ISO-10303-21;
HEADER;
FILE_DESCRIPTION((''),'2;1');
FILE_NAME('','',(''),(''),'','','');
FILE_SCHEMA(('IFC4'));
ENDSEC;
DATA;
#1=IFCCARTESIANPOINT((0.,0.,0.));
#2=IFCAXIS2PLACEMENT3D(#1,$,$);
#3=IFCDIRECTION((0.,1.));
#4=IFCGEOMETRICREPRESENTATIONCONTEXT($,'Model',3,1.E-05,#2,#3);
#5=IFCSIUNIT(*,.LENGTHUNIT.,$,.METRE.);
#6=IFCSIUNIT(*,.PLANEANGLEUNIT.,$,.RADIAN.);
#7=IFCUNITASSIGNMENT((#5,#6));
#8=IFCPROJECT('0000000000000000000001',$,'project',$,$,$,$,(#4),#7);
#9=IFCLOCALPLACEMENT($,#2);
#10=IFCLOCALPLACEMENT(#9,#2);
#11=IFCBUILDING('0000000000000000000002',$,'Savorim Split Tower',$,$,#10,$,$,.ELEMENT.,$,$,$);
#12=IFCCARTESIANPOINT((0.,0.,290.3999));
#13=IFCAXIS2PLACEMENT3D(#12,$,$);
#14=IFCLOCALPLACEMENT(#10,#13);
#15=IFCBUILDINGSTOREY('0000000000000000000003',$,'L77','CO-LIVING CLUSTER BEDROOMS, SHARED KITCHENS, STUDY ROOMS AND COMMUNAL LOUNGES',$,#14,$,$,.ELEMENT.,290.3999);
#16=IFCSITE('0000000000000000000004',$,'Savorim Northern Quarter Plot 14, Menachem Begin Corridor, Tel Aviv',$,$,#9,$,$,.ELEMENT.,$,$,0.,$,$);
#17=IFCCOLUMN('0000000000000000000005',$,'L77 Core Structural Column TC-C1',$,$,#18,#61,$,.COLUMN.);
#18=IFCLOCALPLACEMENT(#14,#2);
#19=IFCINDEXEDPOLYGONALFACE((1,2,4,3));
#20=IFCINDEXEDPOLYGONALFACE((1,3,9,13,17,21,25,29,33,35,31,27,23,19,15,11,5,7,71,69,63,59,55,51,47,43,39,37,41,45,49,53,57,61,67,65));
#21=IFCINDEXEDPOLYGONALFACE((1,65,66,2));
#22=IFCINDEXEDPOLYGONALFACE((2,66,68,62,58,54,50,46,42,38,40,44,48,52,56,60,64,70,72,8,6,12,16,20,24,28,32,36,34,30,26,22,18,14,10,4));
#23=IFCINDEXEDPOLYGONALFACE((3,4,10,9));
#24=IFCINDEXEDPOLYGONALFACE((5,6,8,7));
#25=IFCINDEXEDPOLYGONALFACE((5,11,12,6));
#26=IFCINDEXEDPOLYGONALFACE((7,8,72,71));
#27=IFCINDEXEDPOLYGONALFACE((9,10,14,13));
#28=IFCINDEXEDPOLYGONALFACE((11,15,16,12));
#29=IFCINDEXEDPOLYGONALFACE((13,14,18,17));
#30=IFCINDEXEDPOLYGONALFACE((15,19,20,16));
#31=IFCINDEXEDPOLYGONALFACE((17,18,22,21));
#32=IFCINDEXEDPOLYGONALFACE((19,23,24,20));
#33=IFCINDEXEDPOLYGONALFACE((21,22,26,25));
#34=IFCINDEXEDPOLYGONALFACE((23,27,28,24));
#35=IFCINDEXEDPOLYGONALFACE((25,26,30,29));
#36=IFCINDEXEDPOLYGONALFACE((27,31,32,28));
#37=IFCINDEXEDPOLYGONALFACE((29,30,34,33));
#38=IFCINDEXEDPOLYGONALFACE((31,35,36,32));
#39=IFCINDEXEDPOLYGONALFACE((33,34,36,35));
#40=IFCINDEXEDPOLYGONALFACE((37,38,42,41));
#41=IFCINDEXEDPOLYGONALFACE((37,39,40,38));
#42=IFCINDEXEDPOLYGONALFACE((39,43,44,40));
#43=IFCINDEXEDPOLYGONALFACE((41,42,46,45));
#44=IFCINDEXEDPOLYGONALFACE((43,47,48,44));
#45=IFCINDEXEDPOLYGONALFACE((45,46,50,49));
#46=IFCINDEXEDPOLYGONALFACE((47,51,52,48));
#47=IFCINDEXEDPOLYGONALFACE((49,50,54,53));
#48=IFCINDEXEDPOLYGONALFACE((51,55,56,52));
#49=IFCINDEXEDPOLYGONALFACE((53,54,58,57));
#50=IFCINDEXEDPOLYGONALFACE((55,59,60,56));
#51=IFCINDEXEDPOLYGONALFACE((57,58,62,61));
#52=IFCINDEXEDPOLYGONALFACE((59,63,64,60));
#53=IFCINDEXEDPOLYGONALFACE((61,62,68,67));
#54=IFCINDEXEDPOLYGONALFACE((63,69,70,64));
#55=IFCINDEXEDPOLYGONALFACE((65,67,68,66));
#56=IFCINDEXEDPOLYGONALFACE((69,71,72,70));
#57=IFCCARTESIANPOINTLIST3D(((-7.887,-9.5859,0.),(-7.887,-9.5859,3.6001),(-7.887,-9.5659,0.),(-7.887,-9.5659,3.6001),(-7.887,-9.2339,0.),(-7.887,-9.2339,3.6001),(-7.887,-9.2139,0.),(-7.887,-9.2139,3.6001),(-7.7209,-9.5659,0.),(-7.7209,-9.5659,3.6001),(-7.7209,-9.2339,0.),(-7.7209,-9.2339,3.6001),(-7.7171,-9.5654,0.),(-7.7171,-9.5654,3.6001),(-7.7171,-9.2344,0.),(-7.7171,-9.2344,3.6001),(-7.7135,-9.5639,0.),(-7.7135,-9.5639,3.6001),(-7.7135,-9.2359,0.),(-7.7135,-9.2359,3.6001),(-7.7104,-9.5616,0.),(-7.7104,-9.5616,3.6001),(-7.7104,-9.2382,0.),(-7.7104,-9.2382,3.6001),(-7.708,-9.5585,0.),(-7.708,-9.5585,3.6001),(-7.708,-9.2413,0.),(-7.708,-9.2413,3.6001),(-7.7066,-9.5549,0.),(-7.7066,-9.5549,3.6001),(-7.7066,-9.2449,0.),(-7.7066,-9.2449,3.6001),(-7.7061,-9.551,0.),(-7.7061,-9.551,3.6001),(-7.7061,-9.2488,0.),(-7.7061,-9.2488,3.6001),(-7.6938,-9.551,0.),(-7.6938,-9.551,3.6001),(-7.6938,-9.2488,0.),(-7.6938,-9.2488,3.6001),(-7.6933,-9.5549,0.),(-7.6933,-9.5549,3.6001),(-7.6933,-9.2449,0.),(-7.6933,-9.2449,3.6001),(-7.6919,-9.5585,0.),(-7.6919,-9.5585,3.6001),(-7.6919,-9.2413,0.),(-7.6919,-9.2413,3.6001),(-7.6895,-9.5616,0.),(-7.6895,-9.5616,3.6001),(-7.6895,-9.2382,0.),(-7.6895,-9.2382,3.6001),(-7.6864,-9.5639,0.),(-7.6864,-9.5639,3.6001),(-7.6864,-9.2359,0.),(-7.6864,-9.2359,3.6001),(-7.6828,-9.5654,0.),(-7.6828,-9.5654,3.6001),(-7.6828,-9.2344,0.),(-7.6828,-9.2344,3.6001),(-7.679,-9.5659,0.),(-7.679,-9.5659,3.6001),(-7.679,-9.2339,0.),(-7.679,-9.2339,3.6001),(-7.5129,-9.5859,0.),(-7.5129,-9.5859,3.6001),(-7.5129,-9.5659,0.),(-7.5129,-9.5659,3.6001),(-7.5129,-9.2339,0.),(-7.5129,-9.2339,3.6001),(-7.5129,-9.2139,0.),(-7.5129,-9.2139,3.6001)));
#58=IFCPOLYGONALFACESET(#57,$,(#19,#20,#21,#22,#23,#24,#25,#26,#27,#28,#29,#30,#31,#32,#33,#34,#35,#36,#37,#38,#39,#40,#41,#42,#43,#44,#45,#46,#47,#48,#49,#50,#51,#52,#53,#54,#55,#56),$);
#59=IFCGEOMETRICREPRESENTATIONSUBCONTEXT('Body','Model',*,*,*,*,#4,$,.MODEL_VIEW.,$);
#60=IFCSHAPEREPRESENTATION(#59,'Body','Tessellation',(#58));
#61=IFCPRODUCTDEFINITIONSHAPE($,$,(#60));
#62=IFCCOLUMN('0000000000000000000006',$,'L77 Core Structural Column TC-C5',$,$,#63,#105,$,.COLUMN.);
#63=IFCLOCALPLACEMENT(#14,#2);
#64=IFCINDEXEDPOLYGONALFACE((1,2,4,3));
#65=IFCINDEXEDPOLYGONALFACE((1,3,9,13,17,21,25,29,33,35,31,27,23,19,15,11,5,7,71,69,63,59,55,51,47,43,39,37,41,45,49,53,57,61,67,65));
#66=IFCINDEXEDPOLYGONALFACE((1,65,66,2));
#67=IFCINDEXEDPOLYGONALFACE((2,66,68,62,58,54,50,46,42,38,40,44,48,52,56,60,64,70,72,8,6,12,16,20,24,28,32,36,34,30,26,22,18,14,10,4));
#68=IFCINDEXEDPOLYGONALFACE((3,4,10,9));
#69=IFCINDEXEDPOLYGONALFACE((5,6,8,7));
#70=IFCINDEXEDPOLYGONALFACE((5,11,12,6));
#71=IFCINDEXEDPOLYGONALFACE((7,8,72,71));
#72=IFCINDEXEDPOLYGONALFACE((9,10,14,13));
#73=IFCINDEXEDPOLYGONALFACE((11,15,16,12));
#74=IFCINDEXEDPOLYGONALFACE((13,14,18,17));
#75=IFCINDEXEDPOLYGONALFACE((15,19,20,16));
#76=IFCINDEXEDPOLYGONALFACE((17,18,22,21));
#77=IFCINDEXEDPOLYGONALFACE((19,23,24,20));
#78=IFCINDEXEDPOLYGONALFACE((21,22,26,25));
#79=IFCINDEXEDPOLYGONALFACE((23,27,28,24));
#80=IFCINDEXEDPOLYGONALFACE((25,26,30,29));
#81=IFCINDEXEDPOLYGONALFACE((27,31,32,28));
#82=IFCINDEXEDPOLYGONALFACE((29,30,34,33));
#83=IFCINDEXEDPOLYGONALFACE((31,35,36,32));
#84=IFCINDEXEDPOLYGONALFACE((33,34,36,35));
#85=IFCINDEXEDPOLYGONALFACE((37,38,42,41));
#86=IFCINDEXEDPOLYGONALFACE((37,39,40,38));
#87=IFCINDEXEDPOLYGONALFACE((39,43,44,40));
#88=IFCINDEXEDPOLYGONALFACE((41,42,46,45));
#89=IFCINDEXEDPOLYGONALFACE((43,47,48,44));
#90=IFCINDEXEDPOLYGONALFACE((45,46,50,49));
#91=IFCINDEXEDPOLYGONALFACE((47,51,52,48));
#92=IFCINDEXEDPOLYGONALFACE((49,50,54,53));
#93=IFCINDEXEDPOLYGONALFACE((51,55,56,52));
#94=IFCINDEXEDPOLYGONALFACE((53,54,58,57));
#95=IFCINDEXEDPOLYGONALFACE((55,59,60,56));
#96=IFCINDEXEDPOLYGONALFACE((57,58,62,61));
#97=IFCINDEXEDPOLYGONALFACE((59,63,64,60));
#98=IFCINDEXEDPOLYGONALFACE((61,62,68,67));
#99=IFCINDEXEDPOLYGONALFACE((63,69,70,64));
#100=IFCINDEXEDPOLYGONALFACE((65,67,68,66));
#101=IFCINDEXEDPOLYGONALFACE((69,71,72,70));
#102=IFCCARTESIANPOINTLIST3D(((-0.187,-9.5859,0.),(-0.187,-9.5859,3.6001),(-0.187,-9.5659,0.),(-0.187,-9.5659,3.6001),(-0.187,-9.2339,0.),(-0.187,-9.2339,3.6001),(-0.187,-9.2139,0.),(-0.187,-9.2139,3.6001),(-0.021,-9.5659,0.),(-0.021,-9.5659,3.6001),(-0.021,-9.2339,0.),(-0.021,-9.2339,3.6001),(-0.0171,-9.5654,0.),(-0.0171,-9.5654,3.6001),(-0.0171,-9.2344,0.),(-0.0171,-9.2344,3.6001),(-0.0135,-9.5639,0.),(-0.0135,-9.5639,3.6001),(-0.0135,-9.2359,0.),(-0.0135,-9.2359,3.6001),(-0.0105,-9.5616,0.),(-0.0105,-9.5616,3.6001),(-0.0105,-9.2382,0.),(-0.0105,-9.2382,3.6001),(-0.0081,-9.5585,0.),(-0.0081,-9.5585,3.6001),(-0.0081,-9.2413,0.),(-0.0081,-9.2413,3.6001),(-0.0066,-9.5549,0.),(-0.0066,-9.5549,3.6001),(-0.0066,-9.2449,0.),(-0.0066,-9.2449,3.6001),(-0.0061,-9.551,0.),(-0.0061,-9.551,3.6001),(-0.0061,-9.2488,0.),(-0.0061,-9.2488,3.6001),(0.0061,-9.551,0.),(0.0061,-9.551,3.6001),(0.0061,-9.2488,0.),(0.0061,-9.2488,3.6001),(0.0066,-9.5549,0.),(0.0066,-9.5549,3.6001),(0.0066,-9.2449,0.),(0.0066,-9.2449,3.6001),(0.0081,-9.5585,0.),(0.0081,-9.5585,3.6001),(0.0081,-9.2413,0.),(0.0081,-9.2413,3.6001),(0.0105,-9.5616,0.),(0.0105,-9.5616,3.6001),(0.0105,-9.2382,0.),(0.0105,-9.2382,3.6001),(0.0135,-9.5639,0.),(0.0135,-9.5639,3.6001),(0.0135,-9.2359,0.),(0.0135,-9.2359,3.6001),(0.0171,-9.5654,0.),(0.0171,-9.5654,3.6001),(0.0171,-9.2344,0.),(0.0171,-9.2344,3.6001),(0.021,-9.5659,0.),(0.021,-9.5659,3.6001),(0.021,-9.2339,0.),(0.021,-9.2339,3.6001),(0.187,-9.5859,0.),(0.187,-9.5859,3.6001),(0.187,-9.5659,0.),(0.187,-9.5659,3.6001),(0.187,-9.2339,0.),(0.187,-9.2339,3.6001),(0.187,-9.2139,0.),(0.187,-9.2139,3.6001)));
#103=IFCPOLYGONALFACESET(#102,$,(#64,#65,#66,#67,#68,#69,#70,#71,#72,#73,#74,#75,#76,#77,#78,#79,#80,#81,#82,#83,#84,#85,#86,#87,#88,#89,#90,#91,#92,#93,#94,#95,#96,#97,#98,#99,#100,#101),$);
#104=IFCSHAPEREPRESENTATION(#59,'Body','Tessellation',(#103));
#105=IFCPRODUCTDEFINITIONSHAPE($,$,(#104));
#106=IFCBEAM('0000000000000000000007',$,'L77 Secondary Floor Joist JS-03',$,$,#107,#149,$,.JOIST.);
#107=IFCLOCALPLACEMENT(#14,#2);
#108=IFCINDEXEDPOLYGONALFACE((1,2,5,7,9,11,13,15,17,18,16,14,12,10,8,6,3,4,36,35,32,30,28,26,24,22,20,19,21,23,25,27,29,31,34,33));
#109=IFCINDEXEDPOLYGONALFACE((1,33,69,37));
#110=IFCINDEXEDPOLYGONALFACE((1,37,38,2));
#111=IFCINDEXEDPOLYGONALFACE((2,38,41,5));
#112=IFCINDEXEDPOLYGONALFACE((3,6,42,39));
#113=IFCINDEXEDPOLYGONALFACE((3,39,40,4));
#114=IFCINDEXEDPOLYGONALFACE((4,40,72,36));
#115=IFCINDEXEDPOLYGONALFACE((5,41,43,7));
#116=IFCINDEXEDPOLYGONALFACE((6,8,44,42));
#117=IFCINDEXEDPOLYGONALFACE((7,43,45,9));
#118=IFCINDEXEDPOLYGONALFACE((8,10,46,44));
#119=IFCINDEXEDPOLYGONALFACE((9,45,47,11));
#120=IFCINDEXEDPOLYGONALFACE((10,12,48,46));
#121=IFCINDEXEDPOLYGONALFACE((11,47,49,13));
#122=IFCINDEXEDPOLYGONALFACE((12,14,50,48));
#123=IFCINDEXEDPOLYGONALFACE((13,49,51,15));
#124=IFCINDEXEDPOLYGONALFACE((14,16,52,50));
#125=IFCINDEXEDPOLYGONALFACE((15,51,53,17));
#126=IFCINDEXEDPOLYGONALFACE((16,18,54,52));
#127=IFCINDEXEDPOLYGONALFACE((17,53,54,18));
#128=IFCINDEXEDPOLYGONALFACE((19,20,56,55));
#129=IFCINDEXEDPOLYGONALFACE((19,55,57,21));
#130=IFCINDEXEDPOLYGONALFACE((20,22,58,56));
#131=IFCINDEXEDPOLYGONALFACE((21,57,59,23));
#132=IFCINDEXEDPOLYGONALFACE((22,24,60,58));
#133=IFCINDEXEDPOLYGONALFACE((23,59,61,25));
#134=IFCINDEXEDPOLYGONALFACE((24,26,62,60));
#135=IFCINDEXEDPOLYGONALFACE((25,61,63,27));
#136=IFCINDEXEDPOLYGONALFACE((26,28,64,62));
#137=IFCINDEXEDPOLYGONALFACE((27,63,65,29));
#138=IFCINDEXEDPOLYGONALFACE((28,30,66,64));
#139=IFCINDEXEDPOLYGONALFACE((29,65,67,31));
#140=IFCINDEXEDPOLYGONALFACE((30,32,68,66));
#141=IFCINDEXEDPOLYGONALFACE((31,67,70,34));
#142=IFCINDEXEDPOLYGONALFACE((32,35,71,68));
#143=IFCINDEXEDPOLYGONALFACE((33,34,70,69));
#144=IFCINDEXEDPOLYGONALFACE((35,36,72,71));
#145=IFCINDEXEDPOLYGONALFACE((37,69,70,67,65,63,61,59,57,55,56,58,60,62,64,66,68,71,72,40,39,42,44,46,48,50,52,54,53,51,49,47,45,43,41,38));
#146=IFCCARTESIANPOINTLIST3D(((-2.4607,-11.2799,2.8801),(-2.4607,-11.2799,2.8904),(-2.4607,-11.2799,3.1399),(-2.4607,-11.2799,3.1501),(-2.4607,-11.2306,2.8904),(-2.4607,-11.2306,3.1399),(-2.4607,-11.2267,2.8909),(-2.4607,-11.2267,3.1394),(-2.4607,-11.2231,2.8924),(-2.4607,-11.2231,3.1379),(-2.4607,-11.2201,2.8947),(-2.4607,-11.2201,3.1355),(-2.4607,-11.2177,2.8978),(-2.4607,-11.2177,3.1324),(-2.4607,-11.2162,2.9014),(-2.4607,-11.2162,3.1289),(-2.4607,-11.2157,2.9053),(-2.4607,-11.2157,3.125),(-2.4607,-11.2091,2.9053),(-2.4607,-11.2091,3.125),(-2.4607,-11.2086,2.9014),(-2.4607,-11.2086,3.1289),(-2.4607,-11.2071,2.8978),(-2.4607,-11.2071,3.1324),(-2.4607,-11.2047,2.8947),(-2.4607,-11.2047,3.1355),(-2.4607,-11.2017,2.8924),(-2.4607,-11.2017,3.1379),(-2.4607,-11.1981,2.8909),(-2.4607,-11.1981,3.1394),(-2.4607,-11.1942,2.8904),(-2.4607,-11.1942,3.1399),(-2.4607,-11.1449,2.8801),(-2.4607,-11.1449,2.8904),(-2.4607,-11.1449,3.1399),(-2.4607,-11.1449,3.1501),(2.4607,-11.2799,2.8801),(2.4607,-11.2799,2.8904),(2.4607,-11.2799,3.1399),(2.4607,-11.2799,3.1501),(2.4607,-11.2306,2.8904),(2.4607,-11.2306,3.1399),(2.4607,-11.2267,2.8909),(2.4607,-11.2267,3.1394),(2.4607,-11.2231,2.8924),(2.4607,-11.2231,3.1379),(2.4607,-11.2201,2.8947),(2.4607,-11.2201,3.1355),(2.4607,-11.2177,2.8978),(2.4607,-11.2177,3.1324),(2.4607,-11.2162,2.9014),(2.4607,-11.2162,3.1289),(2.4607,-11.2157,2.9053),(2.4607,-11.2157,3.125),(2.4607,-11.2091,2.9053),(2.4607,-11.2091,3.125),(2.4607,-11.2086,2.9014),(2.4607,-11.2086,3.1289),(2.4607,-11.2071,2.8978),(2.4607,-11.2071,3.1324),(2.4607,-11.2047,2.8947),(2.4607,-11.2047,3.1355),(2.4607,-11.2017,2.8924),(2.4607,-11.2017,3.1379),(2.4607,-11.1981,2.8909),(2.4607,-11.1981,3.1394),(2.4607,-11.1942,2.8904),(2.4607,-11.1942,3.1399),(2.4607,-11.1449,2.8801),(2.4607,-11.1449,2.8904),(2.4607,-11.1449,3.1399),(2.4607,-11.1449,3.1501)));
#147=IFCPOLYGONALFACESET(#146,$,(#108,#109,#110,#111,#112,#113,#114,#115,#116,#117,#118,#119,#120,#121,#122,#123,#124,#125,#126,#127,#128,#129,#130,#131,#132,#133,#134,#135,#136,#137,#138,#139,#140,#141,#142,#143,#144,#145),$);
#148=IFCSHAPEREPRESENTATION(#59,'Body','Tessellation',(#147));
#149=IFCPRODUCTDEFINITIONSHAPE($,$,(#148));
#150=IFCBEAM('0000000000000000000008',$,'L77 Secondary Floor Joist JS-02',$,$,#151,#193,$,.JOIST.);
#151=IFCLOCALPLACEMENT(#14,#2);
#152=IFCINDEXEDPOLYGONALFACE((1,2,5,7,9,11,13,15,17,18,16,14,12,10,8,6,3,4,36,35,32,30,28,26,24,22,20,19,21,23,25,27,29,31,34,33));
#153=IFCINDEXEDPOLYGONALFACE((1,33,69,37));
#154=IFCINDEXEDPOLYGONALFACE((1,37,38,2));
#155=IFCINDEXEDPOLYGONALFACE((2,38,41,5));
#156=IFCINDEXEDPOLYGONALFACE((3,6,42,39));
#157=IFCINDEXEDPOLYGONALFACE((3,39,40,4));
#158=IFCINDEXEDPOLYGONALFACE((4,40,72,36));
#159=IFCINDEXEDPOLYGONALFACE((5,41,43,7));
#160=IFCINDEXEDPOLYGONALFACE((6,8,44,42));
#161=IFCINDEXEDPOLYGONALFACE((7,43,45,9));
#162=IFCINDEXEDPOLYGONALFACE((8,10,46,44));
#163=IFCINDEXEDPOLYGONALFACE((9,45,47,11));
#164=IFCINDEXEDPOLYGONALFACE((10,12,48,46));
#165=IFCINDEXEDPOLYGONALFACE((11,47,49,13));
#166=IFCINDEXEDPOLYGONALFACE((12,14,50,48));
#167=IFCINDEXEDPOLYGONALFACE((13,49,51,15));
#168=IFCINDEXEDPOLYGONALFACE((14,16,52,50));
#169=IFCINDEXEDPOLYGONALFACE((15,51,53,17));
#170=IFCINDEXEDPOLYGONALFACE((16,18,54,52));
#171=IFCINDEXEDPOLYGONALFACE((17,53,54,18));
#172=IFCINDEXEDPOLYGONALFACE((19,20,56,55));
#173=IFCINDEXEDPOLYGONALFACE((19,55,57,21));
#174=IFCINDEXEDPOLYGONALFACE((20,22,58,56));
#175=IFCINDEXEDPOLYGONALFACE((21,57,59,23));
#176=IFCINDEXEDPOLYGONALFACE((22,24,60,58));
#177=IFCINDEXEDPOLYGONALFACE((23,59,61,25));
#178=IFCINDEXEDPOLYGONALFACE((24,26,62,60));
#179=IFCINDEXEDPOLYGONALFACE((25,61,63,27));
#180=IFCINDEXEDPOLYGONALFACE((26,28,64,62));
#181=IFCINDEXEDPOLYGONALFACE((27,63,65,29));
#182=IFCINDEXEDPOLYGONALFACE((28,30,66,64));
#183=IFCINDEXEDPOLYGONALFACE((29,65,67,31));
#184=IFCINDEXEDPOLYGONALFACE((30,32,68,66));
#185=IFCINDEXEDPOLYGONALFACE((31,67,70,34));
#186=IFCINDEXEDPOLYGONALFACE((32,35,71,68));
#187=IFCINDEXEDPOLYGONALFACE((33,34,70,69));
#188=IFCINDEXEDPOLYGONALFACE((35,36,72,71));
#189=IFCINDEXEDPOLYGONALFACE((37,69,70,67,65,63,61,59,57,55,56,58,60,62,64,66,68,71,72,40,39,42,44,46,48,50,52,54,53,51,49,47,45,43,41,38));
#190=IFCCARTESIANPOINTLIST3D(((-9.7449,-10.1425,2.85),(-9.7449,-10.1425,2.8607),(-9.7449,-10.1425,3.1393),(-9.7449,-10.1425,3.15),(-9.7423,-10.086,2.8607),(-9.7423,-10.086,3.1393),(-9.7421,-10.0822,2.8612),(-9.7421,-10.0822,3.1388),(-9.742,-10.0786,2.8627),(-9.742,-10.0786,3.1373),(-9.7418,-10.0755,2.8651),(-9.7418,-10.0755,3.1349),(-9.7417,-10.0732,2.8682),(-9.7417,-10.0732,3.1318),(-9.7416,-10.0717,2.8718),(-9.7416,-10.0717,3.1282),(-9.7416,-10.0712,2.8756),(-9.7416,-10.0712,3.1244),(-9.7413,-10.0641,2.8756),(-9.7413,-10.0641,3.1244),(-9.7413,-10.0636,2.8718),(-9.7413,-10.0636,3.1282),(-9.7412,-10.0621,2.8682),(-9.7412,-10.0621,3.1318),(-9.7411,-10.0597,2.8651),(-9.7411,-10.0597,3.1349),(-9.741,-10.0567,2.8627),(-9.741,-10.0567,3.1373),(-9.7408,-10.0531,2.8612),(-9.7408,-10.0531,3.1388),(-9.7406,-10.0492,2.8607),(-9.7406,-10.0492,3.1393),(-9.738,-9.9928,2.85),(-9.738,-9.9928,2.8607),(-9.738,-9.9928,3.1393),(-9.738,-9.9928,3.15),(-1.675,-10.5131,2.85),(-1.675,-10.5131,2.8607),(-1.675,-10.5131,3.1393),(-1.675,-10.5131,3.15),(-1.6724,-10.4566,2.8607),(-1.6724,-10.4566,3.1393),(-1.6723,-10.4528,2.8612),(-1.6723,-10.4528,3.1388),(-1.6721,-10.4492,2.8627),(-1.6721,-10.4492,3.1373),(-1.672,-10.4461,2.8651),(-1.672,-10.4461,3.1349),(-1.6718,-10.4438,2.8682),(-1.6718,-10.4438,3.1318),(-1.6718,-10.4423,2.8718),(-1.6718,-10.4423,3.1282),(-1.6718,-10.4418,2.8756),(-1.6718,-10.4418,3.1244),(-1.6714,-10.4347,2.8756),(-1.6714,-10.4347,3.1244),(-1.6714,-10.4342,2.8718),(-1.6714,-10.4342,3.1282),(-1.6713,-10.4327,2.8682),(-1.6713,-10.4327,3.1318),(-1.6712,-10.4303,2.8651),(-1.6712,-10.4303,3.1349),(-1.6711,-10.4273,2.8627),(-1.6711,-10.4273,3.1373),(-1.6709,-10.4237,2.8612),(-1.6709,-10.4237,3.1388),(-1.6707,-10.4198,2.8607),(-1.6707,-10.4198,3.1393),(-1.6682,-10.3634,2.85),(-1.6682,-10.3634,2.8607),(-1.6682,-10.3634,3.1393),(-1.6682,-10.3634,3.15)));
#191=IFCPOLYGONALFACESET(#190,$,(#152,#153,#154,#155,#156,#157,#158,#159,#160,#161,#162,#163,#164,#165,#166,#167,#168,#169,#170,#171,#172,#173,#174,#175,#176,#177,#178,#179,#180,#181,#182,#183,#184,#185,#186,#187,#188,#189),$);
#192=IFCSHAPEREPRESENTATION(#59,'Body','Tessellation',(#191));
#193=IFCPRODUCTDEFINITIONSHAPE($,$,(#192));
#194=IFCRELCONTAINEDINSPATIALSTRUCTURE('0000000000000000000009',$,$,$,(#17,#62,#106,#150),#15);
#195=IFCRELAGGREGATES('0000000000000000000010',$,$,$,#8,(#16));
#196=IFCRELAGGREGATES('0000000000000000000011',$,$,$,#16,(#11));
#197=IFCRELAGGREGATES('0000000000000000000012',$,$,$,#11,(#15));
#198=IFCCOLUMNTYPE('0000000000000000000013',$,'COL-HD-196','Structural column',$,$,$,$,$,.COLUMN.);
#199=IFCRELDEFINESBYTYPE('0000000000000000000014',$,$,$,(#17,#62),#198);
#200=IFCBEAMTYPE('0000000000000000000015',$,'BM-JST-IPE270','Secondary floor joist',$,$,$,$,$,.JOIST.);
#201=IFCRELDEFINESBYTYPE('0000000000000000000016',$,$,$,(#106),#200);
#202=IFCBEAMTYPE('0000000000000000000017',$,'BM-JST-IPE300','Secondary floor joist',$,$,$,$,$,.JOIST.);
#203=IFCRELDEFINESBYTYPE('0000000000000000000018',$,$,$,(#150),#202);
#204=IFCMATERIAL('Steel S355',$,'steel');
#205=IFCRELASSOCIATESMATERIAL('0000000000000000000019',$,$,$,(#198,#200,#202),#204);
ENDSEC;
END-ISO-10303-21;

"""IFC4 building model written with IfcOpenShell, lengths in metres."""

from ifc_helpers import new_model, si_unit, direction, frame, origin, origin_2d, place, context, subcontext, project, spatial, i_section, extrude, material, material_profile, profile_set, type_object, element, save


model = new_model("IFC4")

# Units and contexts
model_context = context("Model", 3, precision=1e-05, world=origin(), true_north=direction((0.0, 1.0)))
body_context = subcontext(model_context, "Body", "Model", "MODEL_VIEW")
ifc_project = project(units=[si_unit("LENGTHUNIT", "METRE"), si_unit("PLANEANGLEUNIT", "RADIAN")], contexts=[model_context])

# Site, building, storey
site_placement = place(None, origin())
site = spatial("IfcSite", under=ifc_project, at=site_placement, Name="Savorim Northern Quarter Plot 14, Menachem Begin Corridor, Tel Aviv", CompositionType="ELEMENT", RefElevation=0.0)
building_placement = place(site_placement, origin())
building = spatial("IfcBuilding", under=site, at=building_placement, Name="Savorim Split Tower", CompositionType="ELEMENT")
storey_placement = place(building_placement, frame((0.0, 0.0, 290.3999)))
storey = spatial("IfcBuildingStorey", under=building, at=storey_placement, Name="L77", Description="CO-LIVING CLUSTER BEDROOMS, SHARED KITCHENS, STUDY ROOMS AND COMMUNAL LOUNGES", CompositionType="ELEMENT", Elevation=290.3999)

# Columns
ifc_material_1 = material(Name="Steel S355", Category="steel")
ifc_material_profile_1 = material_profile(ifc_material_1, i_section(OverallWidth=0.374, OverallDepth=0.3721, WebThickness=0.0122, FlangeThickness=0.02, FilletRadius=0.0149, at=origin_2d()), Name="HD 360x196")
ifc_profile_set_1 = profile_set([ifc_material_profile_1], Name="Steel S355")
column_type = type_object("IfcColumnType", Name="COL-HD-196", Description="Structural column", PredefinedType="COLUMN", material=ifc_profile_set_1)
for number, where, z_axis, x_axis, name in (
    (1, (-7.7, -9.3999, 0.0), (0.0, 0.0, 1.0), (1.0, 0.0, 0.0), "L77 Core Structural Column TC-C1"),
    (2, (0.0, -9.3999, 0.0), (0.0, 0.0, 1.0), (1.0, 0.0, 0.0), "L77 Core Structural Column TC-C5"),
):
    element("IfcColumn", number, at=place(storey_placement, frame(where, z_axis=z_axis, x_axis=x_axis)), inside=storey, type_object=column_type, Name=name, PredefinedType="COLUMN", context=body_context, shape_type="SweptSolid", body=[
        extrude(i_section(OverallWidth=0.374, OverallDepth=0.3721, WebThickness=0.0122, FlangeThickness=0.02, FilletRadius=0.0149, at=origin_2d()), origin(), (0.0, 0.0, 1.0), 3.6001),
    ])

# Beams
ifc_material_profile_2 = material_profile(ifc_material_1, i_section(OverallWidth=0.135, OverallDepth=0.27, WebThickness=0.0066, FlangeThickness=0.0103, FilletRadius=0.0149, at=origin_2d()), Name="IPE 270")
ifc_profile_set_2 = profile_set([ifc_material_profile_2], Name="Steel S355")
beam_type_1 = type_object("IfcBeamType", Name="BM-JST-IPE270", Description="Secondary floor joist", PredefinedType="JOIST", material=ifc_profile_set_2)
beam_1_placement = place(storey_placement, frame((-2.4607, -11.2124, 3.0151), z_axis=(1.0, 0.0, 0.0), x_axis=(0.0, 1.0, 0.0)))
element("IfcBeam", 3, at=beam_1_placement, inside=storey, type_object=beam_type_1, Name="L77 Secondary Floor Joist JS-03", PredefinedType="JOIST", context=body_context, shape_type="SweptSolid", body=[
    extrude(i_section(OverallWidth=0.135, OverallDepth=0.27, WebThickness=0.0066, FlangeThickness=0.0103, FilletRadius=0.0149, at=origin_2d()), origin(), (0.0, 0.0, 1.0), 4.9214),
])
ifc_material_profile_3 = material_profile(ifc_material_1, i_section(OverallWidth=0.1499, OverallDepth=0.3, WebThickness=0.0071, FlangeThickness=0.0107, FilletRadius=0.0149, at=origin_2d()), Name="IPE 300")
ifc_profile_set_3 = profile_set([ifc_material_profile_3], Name="Steel S355")
beam_type_2 = type_object("IfcBeamType", Name="BM-JST-IPE300", Description="Secondary floor joist", PredefinedType="JOIST", material=ifc_profile_set_3)
beam_2_placement = place(storey_placement, frame((-9.7415, -10.0676, 3.0), z_axis=(0.998947, -0.045876, 0.0), x_axis=(0.045876, 0.998947, 0.0)))
element("IfcBeam", 4, at=beam_2_placement, inside=storey, type_object=beam_type_2, Name="L77 Secondary Floor Joist JS-02", PredefinedType="JOIST", context=body_context, shape_type="SweptSolid", body=[
    extrude(i_section(OverallWidth=0.1499, OverallDepth=0.3, WebThickness=0.0071, FlangeThickness=0.0107, FilletRadius=0.0149, at=origin_2d()), origin(), (0.0, 0.0, 1.0), 8.0784),
])

save(model, "model.ifc")
